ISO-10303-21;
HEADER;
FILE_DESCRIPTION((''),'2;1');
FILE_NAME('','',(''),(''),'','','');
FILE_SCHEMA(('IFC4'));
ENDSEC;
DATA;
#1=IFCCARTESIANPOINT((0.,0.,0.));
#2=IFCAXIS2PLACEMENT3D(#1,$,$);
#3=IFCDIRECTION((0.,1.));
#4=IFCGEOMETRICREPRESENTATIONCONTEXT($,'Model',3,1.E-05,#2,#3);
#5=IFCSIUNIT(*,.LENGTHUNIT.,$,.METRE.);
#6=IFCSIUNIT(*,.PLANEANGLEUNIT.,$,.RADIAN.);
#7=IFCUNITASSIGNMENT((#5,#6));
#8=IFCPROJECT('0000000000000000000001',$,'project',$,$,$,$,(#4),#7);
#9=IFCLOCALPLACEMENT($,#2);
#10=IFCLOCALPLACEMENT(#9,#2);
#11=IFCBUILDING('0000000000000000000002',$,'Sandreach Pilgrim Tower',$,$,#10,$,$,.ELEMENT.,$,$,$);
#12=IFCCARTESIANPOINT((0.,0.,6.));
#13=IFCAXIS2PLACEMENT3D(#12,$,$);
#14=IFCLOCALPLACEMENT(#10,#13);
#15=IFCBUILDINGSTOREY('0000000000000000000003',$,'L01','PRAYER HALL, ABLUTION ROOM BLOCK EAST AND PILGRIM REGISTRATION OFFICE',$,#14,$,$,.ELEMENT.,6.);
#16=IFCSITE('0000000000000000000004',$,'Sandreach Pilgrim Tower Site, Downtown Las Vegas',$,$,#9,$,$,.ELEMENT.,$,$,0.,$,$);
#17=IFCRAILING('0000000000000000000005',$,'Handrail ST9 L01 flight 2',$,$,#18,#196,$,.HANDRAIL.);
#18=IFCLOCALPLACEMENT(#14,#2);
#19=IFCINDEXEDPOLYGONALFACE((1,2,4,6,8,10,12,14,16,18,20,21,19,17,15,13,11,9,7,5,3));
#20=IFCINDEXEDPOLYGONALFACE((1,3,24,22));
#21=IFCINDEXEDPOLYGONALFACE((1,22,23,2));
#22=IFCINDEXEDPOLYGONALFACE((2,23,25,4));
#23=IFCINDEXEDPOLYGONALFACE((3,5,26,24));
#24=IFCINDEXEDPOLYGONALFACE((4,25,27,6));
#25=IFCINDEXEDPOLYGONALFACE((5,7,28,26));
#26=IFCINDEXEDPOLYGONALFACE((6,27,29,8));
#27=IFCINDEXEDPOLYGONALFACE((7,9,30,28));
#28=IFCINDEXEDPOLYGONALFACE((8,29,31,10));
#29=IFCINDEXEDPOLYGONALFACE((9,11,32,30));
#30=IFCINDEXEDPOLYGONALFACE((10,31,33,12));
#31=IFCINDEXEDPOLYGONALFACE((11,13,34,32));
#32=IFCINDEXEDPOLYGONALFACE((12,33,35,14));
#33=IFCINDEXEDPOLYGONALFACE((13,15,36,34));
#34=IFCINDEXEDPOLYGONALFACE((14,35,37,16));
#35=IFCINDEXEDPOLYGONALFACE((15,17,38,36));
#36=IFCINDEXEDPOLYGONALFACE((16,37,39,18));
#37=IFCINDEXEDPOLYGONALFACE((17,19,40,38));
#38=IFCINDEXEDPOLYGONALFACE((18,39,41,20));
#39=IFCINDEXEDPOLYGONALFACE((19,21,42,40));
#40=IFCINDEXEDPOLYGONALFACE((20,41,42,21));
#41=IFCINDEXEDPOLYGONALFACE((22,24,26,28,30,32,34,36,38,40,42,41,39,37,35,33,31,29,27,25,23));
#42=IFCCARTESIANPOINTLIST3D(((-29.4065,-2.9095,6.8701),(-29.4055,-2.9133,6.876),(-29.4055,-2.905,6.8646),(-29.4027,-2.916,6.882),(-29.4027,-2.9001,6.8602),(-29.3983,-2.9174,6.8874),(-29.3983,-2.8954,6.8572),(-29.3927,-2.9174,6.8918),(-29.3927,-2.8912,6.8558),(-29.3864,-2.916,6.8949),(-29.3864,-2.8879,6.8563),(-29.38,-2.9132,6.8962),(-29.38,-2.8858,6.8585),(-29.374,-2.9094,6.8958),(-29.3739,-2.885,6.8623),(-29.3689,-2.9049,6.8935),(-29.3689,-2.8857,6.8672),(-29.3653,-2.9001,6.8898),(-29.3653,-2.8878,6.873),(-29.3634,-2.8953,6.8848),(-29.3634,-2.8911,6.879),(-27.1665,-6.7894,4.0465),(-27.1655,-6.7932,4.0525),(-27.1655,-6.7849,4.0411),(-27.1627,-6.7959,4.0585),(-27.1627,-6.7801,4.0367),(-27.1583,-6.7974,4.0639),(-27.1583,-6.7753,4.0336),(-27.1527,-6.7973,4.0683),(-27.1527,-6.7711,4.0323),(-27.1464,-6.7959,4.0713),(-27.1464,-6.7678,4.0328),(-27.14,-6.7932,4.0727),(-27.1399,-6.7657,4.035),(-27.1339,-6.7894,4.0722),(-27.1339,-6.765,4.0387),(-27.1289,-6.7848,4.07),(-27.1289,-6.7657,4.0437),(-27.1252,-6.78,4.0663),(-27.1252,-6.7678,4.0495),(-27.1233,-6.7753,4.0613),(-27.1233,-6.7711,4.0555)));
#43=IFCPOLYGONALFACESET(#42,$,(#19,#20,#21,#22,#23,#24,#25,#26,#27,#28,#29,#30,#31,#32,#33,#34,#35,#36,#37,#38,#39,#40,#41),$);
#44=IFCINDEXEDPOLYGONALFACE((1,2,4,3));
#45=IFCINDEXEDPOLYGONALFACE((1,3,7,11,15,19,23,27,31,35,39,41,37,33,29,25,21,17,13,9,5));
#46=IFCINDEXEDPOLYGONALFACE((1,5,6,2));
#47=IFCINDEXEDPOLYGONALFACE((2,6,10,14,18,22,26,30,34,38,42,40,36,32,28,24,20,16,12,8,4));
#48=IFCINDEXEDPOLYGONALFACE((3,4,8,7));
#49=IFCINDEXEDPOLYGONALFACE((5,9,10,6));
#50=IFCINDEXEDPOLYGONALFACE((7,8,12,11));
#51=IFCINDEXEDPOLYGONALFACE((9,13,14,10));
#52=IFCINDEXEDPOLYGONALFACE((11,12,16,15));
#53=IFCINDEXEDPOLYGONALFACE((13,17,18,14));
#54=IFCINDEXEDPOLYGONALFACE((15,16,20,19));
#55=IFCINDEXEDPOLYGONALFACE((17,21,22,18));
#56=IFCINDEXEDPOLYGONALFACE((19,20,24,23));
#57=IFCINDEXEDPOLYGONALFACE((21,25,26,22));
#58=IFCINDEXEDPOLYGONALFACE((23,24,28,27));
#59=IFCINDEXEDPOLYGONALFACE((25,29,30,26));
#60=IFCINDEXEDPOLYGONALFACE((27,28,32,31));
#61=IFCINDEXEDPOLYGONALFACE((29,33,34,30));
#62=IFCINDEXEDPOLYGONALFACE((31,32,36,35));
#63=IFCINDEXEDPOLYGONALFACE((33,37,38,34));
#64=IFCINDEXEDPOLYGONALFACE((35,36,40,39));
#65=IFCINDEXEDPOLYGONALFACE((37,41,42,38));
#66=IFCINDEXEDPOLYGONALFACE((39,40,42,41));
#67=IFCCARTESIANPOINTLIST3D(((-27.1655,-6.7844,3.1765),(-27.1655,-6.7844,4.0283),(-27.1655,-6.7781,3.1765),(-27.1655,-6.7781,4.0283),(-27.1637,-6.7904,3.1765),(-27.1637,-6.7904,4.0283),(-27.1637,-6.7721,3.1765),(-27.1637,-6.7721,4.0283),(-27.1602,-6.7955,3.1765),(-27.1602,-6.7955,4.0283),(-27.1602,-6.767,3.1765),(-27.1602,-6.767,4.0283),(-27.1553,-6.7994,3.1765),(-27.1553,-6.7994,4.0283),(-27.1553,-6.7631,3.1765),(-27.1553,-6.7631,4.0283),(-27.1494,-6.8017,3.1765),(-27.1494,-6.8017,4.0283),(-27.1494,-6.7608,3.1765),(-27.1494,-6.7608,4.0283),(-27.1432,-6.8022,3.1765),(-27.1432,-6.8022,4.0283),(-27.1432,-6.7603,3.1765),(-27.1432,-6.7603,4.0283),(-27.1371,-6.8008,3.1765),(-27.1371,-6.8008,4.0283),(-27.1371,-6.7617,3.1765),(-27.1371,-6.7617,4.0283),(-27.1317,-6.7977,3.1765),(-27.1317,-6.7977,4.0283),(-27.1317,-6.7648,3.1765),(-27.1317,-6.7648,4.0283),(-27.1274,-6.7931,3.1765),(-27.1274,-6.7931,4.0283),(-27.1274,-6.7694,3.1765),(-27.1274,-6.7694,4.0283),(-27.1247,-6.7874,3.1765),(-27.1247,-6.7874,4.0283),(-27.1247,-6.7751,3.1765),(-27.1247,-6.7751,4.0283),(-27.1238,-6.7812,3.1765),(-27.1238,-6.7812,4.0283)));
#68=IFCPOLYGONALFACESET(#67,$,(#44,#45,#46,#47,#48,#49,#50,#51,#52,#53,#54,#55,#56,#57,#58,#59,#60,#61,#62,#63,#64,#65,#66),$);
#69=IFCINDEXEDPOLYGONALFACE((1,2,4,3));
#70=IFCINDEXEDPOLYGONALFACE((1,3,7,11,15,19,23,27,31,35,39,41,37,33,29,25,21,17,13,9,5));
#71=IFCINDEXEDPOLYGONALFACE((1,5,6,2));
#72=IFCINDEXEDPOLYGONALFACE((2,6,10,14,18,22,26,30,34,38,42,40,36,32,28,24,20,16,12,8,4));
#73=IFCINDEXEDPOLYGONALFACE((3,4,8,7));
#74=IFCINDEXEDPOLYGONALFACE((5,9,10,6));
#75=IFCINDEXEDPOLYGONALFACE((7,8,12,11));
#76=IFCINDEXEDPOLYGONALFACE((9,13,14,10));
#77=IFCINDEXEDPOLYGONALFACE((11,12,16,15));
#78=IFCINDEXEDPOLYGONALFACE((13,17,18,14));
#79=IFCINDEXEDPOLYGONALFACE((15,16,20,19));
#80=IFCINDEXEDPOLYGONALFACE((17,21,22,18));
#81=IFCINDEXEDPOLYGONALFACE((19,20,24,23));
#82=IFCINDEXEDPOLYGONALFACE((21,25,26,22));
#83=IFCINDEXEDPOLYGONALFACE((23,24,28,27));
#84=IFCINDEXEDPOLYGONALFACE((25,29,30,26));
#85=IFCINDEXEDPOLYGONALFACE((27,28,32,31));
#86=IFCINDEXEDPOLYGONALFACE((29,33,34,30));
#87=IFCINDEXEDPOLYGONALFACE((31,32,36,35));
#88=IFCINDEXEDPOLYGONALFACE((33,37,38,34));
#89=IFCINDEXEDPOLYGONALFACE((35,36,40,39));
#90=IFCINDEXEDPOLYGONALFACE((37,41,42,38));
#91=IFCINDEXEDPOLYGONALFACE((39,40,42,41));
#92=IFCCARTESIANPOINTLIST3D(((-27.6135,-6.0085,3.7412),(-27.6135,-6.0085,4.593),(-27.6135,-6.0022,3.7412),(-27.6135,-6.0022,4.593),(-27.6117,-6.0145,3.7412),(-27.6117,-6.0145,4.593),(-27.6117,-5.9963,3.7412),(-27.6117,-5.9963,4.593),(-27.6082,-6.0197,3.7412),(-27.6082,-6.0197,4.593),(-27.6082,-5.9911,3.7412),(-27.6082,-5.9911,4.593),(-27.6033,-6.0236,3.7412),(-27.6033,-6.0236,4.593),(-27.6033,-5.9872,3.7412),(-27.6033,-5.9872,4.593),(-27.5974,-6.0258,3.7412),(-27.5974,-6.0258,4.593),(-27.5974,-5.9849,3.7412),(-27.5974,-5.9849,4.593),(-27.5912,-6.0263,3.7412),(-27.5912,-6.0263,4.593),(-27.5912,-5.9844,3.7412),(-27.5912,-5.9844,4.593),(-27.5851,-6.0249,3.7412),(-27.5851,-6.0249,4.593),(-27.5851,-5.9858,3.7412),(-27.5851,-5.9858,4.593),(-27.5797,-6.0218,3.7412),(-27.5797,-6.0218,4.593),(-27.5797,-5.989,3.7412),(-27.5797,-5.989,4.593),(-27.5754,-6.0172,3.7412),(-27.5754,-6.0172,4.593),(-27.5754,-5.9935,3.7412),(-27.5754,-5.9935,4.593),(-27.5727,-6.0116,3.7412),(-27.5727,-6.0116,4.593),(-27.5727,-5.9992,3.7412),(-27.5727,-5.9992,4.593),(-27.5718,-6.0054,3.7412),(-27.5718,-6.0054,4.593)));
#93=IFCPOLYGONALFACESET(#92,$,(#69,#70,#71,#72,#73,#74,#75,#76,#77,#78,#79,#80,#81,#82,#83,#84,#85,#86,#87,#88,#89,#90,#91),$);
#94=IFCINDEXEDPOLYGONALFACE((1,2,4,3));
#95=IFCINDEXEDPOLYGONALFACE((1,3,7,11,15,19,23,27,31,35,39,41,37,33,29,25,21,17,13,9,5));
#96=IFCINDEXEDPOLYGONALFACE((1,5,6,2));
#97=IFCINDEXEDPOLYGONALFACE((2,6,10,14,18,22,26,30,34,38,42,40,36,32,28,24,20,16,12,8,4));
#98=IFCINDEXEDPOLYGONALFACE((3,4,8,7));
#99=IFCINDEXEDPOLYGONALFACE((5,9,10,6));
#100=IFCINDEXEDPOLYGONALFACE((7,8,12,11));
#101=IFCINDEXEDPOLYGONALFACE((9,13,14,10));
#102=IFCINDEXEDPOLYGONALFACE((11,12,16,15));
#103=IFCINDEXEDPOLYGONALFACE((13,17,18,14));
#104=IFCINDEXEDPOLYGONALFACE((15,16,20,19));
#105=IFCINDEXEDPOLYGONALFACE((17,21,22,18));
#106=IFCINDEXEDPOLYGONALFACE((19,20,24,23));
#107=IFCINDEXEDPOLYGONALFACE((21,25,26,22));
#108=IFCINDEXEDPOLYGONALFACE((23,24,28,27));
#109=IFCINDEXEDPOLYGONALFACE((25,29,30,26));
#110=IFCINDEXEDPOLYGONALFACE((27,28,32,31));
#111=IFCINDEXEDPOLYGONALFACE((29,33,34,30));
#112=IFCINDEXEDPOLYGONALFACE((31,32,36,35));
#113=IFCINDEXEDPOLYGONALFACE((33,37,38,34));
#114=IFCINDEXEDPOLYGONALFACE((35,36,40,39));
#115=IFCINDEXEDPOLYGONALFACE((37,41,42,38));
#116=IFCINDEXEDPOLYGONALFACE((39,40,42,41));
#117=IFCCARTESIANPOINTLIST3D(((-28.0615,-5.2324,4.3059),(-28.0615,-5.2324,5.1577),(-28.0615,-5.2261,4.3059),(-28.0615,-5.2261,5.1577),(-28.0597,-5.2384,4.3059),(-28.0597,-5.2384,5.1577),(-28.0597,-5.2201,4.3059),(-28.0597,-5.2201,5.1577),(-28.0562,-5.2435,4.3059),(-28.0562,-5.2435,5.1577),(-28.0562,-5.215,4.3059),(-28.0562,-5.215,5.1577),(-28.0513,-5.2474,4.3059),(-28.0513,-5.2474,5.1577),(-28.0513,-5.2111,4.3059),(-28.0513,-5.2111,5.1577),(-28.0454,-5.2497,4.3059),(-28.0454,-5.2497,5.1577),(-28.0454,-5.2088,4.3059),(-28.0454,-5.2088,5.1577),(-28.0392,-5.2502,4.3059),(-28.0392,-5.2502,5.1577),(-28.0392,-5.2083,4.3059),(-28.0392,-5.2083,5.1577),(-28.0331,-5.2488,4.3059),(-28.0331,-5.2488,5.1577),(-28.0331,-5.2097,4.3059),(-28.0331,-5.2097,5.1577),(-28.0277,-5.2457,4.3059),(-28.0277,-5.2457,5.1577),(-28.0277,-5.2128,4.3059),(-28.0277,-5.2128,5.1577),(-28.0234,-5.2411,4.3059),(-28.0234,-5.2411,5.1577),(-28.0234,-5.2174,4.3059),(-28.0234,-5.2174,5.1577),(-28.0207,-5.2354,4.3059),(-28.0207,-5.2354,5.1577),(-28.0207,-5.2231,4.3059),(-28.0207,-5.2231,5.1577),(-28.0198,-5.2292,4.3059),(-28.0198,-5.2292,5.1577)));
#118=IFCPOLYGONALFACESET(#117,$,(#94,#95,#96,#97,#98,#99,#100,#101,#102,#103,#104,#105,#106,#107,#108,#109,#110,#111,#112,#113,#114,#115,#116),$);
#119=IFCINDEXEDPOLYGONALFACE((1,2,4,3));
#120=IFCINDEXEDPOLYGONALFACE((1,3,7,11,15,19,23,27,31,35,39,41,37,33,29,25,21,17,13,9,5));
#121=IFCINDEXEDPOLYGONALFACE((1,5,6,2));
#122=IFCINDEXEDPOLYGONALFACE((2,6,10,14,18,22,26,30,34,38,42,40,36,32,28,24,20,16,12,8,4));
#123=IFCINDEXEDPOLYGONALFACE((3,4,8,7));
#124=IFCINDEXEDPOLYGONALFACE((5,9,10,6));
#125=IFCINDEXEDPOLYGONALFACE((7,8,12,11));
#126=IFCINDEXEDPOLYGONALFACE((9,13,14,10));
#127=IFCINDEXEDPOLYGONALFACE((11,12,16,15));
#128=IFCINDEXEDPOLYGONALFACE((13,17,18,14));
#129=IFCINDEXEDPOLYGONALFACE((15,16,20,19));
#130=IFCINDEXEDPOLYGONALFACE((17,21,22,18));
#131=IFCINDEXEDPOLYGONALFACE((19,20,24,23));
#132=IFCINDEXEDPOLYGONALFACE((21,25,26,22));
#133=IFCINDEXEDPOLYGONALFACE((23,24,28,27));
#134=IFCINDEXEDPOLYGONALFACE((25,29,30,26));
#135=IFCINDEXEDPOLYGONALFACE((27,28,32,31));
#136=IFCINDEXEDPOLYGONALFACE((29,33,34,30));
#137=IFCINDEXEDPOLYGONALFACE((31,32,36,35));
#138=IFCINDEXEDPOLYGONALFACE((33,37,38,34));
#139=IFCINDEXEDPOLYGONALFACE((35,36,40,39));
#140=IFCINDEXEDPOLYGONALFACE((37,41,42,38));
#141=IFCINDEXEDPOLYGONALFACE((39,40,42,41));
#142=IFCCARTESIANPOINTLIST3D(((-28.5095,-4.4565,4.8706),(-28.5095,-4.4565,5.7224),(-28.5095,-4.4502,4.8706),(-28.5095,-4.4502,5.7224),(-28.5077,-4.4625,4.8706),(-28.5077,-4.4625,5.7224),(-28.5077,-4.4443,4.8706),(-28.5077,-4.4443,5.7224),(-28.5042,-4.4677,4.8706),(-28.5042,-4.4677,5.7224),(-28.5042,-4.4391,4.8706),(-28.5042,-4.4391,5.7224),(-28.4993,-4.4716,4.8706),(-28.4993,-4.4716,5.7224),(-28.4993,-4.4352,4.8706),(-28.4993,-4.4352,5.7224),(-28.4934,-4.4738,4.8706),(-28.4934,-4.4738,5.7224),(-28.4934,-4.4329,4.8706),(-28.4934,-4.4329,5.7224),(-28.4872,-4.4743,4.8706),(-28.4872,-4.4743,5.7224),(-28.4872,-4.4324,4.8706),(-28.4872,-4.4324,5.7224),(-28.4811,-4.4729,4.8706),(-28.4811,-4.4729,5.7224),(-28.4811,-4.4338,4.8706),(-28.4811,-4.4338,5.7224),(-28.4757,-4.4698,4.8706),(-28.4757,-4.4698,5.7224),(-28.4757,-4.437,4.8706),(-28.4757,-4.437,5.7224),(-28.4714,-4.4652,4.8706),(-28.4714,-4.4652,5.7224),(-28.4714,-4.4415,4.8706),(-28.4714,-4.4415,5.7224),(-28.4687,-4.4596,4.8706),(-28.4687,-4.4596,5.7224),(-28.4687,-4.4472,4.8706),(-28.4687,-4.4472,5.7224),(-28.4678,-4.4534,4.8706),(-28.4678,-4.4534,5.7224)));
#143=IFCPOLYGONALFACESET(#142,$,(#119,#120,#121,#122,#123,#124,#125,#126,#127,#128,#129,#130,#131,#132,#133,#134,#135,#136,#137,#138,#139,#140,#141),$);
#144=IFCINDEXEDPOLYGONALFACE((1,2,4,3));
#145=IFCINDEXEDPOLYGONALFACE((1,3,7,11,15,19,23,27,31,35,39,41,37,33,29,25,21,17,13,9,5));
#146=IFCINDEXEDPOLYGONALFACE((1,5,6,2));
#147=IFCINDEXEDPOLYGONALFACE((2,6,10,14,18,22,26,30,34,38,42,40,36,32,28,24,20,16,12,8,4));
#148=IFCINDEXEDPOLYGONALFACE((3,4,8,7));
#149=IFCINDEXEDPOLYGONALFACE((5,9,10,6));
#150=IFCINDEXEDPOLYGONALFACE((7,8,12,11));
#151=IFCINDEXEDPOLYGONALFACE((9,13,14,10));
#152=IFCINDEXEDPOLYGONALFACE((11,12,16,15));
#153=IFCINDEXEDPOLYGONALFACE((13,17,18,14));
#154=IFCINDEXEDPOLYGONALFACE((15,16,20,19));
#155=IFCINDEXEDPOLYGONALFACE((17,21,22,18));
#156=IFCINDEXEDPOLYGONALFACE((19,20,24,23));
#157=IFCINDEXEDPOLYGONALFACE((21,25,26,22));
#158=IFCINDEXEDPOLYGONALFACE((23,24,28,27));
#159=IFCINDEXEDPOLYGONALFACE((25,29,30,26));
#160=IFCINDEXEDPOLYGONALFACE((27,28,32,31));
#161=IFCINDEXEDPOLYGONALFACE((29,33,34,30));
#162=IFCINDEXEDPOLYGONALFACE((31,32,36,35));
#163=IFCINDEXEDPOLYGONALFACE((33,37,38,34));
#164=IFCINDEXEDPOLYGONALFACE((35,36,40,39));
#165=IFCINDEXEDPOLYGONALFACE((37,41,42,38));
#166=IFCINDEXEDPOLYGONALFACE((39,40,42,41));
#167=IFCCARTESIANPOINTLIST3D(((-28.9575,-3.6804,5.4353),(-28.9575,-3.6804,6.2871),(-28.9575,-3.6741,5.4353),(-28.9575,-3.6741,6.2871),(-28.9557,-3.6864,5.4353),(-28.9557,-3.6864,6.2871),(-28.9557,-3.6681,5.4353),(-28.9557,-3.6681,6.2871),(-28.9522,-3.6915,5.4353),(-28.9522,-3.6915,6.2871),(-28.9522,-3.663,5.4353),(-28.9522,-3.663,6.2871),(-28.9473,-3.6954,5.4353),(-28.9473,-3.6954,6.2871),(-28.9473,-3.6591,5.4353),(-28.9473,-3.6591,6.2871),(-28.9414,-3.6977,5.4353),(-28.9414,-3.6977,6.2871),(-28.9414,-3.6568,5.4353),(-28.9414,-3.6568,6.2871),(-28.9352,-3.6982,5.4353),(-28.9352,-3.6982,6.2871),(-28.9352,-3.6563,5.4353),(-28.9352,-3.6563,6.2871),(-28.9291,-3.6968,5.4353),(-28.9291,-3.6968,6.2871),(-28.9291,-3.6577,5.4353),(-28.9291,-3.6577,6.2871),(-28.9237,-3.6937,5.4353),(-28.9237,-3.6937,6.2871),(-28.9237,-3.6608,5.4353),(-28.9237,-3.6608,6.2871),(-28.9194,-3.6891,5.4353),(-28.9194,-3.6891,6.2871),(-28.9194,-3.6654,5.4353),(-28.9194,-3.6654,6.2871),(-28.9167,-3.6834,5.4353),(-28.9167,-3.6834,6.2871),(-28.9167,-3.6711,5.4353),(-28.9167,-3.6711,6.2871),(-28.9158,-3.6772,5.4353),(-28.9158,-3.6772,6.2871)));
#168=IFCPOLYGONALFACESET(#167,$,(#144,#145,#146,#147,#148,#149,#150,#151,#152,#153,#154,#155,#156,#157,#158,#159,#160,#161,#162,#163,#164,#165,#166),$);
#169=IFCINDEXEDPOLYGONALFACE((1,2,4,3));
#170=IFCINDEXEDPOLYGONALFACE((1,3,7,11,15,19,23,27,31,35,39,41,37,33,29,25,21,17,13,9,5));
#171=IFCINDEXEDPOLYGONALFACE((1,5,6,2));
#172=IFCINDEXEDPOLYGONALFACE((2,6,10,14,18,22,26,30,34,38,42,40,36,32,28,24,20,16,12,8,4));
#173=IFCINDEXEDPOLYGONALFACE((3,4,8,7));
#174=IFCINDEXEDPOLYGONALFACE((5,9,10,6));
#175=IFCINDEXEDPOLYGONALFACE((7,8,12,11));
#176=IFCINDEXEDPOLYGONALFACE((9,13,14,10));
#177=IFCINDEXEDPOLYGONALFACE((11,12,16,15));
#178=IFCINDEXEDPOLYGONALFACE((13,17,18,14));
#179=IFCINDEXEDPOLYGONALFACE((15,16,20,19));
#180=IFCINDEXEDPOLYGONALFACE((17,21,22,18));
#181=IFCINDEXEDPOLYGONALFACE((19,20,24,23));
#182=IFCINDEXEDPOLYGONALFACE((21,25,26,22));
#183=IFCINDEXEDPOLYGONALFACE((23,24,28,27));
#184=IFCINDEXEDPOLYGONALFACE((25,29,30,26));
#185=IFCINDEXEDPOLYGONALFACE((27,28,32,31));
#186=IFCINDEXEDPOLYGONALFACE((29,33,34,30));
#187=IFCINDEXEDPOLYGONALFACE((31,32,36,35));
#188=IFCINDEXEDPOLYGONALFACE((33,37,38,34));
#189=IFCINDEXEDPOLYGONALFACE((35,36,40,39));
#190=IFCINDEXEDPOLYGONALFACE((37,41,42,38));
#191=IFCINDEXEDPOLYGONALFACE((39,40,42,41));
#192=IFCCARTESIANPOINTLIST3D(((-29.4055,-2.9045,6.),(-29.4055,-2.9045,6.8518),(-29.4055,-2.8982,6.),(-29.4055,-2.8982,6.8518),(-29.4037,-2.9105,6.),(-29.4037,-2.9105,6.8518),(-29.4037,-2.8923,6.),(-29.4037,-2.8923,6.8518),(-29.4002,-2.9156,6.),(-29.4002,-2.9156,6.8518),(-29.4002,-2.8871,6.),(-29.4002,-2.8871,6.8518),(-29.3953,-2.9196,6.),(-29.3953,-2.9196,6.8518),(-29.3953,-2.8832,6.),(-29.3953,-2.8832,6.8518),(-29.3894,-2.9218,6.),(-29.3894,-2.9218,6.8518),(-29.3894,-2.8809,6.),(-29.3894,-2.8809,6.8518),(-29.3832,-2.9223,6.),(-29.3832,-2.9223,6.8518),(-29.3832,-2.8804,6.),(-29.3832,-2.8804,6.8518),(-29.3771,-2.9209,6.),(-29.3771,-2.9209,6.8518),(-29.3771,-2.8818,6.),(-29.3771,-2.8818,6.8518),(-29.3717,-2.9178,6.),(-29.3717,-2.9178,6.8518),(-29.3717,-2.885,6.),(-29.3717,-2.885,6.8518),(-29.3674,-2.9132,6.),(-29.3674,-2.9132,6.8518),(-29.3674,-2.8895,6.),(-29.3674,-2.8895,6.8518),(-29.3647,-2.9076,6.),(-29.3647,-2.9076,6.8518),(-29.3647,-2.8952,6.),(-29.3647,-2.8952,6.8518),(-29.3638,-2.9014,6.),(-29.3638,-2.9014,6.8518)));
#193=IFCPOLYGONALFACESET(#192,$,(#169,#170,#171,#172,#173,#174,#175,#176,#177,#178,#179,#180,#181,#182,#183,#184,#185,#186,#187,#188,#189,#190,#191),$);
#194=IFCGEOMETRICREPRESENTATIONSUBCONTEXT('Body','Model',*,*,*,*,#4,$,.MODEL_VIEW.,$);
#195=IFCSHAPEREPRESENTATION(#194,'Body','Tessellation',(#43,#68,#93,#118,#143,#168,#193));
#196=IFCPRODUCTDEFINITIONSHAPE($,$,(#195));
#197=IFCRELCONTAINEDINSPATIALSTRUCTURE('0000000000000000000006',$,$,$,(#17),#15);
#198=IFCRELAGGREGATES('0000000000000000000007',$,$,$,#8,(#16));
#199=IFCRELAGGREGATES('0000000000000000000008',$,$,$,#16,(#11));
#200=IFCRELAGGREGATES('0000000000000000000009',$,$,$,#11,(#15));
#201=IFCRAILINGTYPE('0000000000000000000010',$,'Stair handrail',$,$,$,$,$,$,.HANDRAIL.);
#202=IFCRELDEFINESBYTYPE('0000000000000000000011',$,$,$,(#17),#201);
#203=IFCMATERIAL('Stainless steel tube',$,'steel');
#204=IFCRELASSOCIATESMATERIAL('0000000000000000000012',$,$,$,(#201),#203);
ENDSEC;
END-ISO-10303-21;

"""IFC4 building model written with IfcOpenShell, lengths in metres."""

from ifc_helpers import new_model, si_unit, direction, frame, origin, origin_2d, place, context, subcontext, project, spatial, circle, extrude, material, type_object, element, save


model = new_model("IFC4")

# Units and contexts
model_context = context("Model", 3, precision=1e-05, world=origin(), true_north=direction((0.0, 1.0)))
body_context = subcontext(model_context, "Body", "Model", "MODEL_VIEW")
ifc_project = project(units=[si_unit("LENGTHUNIT", "METRE"), si_unit("PLANEANGLEUNIT", "RADIAN")], contexts=[model_context])

# Site, building, storey
site_placement = place(None, origin())
site = spatial("IfcSite", under=ifc_project, at=site_placement, Name="Sandreach Pilgrim Tower Site, Downtown Las Vegas", CompositionType="ELEMENT", RefElevation=0.0)
building_placement = place(site_placement, origin())
building = spatial("IfcBuilding", under=site, at=building_placement, Name="Sandreach Pilgrim Tower", CompositionType="ELEMENT")
storey_placement = place(building_placement, frame((0.0, 0.0, 6.0)))
storey = spatial("IfcBuildingStorey", under=building, at=storey_placement, Name="L01", Description="PRAYER HALL, ABLUTION ROOM BLOCK EAST AND PILGRIM REGISTRATION OFFICE", CompositionType="ELEMENT", Elevation=6.0)

# Railing
ifc_material_1 = material(Name="Stainless steel tube", Category="steel")
railing_type = type_object("IfcRailingType", Name="Stair handrail", PredefinedType="HANDRAIL", material=ifc_material_1)
railing_1_placement = place(storey_placement, frame((-27.1448, -6.7812, 3.1765)))
element("IfcRailing", 1, at=railing_1_placement, inside=storey, type_object=railing_type, Name="Handrail ST9 L01 flight 2", PredefinedType="HANDRAIL", context=body_context, shape_type="SweptSolid", body=[
    extrude(circle(Radius=0.0239, at=origin_2d()), frame((0.0, 0.0, 0.876), z_axis=(-0.422993, 0.732665, 0.533178), x_axis=(-0.866031, -0.49999, 0.0)), (0.0, 0.0, 1.0), 5.2957),
    extrude(circle(Radius=0.021, at=origin_2d()), origin(), (0.0, 0.0, 1.0), 0.8518),
    extrude(circle(Radius=0.021, at=origin_2d()), frame((-0.448, 0.7759, 0.5647)), (0.0, 0.0, 1.0), 0.8518),
    extrude(circle(Radius=0.021, at=origin_2d()), frame((-0.896, 1.552, 1.1294)), (0.0, 0.0, 1.0), 0.8518),
    extrude(circle(Radius=0.021, at=origin_2d()), frame((-1.344, 2.3279, 1.6941)), (0.0, 0.0, 1.0), 0.8518),
    extrude(circle(Radius=0.021, at=origin_2d()), frame((-1.792, 3.104, 2.2588)), (0.0, 0.0, 1.0), 0.8518),
    extrude(circle(Radius=0.021, at=origin_2d()), frame((-2.24, 3.8799, 2.8235)), (0.0, 0.0, 1.0), 0.8518),
])

save(model, "model.ifc")
